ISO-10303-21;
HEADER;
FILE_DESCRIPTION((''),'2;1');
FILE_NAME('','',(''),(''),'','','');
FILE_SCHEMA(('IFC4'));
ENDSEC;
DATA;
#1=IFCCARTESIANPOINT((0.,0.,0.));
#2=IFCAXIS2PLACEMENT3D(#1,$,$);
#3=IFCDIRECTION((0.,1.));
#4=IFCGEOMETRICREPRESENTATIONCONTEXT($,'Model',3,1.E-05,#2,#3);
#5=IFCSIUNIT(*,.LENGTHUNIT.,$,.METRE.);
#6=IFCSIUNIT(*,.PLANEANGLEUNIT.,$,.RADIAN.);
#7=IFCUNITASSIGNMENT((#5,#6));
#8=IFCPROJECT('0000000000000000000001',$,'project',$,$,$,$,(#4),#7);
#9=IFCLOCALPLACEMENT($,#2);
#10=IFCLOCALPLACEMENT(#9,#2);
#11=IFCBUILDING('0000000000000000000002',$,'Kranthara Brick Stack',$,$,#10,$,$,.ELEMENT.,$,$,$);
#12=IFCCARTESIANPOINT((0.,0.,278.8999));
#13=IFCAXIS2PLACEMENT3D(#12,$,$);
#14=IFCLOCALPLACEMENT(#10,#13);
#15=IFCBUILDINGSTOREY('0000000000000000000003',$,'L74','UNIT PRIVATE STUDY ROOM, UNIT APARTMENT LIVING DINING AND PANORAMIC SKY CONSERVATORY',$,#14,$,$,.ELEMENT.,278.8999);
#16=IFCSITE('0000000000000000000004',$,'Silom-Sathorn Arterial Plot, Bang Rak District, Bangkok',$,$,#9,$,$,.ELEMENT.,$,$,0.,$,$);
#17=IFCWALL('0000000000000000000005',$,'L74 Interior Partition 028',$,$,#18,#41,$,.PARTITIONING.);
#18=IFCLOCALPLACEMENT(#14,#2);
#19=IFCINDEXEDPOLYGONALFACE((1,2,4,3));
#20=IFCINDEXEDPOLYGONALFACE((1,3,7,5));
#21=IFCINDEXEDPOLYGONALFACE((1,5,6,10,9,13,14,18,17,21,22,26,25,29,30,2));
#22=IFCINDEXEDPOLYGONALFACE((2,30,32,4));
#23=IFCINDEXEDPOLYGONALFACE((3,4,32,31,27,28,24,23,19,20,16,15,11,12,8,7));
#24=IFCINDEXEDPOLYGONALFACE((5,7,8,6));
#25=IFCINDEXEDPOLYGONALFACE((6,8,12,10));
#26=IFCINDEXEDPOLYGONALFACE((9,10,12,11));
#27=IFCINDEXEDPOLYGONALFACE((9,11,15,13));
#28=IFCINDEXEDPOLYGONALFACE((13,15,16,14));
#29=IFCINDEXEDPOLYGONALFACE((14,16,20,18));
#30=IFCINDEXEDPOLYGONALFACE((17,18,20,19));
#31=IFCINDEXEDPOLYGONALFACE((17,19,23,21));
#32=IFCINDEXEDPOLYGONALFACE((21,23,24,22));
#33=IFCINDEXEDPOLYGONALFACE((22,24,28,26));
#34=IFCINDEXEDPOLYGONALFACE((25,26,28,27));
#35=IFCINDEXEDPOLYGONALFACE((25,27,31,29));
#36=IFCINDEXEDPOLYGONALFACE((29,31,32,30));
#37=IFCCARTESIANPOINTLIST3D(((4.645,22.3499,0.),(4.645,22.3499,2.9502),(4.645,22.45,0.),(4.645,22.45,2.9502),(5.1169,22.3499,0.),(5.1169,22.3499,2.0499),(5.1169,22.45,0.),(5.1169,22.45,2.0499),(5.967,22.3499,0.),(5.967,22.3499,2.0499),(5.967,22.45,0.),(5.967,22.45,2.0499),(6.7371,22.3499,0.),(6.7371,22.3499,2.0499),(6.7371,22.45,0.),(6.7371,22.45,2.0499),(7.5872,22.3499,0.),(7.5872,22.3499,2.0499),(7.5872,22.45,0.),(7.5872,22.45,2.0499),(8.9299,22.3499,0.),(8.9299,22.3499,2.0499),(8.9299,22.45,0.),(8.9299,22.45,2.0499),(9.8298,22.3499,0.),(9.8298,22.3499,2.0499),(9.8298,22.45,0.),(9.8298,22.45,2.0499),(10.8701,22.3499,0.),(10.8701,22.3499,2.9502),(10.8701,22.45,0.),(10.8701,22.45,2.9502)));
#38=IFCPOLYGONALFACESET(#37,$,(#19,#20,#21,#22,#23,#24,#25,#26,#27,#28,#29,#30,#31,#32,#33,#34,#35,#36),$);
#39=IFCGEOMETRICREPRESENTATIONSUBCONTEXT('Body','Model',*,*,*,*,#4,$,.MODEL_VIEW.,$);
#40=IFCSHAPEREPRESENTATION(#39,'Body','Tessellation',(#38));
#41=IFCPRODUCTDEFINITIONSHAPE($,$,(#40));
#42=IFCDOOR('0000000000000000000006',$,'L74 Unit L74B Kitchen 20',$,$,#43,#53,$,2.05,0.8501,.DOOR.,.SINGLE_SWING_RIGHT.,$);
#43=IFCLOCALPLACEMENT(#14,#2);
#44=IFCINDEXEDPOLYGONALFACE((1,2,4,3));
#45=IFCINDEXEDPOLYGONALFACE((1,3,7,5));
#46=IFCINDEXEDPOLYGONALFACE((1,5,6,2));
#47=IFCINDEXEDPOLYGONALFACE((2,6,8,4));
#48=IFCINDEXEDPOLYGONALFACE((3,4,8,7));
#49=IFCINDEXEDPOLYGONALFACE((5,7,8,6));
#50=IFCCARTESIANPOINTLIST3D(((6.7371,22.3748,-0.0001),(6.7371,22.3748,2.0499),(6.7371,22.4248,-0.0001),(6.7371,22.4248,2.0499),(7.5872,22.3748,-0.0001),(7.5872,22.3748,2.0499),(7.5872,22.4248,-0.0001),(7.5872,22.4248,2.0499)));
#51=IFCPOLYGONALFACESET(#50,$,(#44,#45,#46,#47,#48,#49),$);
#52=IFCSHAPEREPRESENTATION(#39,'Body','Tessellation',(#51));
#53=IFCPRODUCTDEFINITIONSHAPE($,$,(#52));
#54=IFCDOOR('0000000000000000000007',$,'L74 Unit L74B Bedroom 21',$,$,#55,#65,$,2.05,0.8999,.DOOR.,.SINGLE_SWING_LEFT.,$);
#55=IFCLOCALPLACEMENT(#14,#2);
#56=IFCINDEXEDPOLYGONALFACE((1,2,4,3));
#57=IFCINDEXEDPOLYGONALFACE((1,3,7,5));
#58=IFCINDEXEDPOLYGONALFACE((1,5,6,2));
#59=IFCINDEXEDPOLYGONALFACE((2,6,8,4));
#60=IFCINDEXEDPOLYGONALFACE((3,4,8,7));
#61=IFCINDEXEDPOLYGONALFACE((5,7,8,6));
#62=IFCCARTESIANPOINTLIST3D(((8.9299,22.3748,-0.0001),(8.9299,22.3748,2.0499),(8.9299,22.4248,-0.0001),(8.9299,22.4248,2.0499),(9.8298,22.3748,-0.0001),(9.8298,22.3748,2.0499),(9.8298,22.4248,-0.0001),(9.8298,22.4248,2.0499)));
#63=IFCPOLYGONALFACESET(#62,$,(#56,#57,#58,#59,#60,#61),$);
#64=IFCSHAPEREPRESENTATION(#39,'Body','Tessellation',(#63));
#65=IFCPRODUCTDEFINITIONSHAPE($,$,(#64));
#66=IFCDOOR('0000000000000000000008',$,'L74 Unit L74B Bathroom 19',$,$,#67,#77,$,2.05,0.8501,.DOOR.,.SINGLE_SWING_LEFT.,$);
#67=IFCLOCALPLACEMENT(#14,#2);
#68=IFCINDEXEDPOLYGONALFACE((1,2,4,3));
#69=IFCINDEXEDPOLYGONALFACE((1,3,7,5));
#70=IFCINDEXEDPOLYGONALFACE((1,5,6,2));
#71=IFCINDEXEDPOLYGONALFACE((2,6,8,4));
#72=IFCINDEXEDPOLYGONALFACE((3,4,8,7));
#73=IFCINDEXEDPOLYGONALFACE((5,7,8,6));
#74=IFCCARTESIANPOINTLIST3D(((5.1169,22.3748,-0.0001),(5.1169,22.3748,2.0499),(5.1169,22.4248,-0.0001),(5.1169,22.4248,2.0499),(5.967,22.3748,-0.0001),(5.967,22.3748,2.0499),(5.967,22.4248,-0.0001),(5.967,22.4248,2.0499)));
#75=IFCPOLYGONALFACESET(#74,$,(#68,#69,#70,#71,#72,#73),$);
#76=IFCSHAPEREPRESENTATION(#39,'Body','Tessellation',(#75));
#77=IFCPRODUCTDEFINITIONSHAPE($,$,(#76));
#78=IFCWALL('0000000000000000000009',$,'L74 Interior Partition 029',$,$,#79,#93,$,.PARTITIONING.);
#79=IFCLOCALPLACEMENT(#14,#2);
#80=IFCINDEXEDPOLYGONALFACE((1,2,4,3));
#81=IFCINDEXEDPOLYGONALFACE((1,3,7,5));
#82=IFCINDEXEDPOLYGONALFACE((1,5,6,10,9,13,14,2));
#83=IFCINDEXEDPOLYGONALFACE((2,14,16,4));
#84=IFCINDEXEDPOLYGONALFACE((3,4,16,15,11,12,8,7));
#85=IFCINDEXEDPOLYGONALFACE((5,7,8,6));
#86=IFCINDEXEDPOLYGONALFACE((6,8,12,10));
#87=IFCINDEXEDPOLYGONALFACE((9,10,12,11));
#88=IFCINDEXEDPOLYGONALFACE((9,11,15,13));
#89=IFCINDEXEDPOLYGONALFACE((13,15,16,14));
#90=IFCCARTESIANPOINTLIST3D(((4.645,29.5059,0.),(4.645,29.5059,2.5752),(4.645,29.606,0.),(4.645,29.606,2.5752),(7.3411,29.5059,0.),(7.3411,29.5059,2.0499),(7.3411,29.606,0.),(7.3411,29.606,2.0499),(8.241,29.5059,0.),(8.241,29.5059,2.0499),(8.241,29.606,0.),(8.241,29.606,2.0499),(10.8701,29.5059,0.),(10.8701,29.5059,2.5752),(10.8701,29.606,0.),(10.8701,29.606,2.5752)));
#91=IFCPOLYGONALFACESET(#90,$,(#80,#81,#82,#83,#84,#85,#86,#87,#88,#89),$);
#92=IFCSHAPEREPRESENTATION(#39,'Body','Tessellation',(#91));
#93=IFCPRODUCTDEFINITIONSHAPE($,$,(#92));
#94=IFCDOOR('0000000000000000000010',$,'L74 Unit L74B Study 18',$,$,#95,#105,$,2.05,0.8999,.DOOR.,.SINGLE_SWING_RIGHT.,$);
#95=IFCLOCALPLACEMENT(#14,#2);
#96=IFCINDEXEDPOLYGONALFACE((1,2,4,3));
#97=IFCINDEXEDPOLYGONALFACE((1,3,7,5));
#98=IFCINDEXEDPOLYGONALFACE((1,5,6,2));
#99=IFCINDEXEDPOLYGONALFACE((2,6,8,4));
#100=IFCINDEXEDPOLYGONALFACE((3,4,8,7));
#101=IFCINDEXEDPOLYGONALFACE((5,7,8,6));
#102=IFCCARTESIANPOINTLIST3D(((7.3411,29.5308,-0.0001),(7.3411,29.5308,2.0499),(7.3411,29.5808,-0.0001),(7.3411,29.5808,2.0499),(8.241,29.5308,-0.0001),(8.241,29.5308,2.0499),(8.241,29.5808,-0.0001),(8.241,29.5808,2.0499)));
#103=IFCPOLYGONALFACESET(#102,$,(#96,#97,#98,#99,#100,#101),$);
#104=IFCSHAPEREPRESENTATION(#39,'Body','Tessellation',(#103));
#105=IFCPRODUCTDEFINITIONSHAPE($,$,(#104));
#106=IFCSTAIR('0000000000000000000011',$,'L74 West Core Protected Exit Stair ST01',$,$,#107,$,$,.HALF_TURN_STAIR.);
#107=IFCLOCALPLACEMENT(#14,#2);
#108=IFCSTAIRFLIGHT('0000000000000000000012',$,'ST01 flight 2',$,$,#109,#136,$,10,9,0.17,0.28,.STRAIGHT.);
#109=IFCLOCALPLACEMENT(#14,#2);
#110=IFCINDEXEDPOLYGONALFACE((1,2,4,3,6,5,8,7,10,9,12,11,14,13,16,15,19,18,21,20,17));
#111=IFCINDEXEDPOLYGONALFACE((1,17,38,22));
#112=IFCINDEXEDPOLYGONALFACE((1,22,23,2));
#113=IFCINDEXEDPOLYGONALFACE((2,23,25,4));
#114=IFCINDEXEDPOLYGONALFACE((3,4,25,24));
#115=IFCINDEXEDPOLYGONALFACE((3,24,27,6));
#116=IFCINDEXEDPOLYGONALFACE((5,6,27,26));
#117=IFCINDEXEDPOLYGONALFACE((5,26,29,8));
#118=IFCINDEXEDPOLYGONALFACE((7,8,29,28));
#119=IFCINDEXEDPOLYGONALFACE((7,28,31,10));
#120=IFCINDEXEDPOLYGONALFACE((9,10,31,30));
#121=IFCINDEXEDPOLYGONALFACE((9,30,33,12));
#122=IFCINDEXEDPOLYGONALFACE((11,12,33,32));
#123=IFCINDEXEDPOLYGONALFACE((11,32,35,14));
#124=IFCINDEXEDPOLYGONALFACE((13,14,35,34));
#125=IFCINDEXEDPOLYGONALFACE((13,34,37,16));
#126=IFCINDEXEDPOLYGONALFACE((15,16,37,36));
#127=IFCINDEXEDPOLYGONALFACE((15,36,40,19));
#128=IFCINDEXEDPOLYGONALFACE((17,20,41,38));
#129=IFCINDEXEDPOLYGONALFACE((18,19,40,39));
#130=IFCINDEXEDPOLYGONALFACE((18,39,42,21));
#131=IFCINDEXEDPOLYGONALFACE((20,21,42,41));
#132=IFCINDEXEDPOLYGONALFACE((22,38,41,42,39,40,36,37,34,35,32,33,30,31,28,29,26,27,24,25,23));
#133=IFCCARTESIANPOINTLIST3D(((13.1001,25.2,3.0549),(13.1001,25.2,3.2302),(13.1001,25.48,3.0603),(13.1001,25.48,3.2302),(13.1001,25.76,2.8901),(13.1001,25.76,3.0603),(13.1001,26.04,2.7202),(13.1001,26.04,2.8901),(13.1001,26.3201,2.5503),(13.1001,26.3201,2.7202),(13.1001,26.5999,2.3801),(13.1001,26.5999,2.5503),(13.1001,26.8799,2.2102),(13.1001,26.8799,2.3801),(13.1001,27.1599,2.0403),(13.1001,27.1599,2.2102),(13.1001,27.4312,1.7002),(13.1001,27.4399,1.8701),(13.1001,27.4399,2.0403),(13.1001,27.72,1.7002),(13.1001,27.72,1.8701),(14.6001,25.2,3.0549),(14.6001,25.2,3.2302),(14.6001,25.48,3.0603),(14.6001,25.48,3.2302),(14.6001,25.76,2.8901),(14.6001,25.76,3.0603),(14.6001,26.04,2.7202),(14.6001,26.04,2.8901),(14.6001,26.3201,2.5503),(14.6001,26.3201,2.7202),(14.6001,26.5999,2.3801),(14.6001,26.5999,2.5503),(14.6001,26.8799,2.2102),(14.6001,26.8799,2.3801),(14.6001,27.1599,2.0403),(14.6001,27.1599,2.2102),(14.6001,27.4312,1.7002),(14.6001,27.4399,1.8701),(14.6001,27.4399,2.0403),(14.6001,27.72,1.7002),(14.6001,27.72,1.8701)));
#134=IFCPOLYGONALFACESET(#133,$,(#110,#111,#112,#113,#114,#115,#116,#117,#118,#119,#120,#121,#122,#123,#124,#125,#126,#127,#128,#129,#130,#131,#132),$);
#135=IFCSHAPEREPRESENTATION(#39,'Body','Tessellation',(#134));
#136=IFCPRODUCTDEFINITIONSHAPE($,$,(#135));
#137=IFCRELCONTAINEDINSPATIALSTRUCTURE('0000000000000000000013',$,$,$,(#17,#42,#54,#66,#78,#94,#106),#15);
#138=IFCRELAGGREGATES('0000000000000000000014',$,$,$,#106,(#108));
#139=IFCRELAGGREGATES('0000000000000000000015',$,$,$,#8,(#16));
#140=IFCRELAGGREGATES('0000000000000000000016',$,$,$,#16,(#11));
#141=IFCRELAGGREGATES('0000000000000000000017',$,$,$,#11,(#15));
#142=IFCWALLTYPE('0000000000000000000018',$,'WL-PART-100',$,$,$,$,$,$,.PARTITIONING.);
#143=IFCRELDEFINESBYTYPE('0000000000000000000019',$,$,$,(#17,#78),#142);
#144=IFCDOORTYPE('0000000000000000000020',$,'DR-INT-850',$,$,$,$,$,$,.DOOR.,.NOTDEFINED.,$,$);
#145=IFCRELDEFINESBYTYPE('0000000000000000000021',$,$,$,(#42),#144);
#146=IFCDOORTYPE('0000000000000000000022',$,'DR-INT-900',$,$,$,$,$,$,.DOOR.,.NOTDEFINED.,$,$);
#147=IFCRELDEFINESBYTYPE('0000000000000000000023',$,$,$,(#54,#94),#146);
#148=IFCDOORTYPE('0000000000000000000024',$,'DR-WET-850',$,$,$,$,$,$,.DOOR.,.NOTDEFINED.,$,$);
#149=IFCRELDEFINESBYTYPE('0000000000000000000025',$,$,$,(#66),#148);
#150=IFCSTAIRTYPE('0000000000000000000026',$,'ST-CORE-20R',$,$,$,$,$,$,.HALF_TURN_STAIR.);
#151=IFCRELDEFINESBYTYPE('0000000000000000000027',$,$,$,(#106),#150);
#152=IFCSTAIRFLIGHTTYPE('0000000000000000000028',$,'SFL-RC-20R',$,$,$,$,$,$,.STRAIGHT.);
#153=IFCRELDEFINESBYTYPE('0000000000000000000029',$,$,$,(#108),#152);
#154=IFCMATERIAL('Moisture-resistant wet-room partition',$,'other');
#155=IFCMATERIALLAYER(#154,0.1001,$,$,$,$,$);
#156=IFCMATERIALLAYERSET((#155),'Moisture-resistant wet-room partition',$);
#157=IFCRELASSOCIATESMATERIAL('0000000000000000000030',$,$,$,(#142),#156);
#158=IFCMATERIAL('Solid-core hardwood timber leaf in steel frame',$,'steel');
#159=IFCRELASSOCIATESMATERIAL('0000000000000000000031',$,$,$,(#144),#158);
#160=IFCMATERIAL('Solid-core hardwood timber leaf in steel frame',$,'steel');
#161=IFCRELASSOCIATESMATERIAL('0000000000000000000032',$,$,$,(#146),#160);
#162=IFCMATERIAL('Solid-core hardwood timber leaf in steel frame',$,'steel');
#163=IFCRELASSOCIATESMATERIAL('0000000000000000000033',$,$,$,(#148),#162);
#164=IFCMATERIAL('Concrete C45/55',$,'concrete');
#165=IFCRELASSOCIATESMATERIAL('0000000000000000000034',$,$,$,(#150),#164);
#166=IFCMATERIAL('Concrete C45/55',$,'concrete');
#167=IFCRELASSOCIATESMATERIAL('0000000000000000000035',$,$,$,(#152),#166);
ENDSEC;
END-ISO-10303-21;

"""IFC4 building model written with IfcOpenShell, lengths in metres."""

from ifc_helpers import new_model, si_unit, direction, frame, frame_2d, origin, place, context, subcontext, project, spatial, polyline, rectangle, outline, extrude, material, layer, layer_set, type_object, element, fill, aggregate, save


model = new_model("IFC4")

# Units and contexts
model_context = context("Model", 3, precision=1e-05, world=origin(), true_north=direction((0.0, 1.0)))
body_context = subcontext(model_context, "Body", "Model", "MODEL_VIEW")
ifc_project = project(units=[si_unit("LENGTHUNIT", "METRE"), si_unit("PLANEANGLEUNIT", "RADIAN")], contexts=[model_context])

# Site, building, storey
site_placement = place(None, origin())
site = spatial("IfcSite", under=ifc_project, at=site_placement, Name="Silom-Sathorn Arterial Plot, Bang Rak District, Bangkok", CompositionType="ELEMENT", RefElevation=0.0)
building_placement = place(site_placement, origin())
building = spatial("IfcBuilding", under=site, at=building_placement, Name="Kranthara Brick Stack", CompositionType="ELEMENT")
storey_placement = place(building_placement, frame((0.0, 0.0, 278.8999)))
storey = spatial("IfcBuildingStorey", under=building, at=storey_placement, Name="L74", Description="UNIT PRIVATE STUDY ROOM, UNIT APARTMENT LIVING DINING AND PANORAMIC SKY CONSERVATORY", CompositionType="ELEMENT", Elevation=278.8999)

# Wall, openings, doors
ifc_material_1 = material(Name="Moisture-resistant wet-room partition", Category="other")
ifc_layer_1 = layer(ifc_material_1, 0.1001)
ifc_layer_set_1 = layer_set([ifc_layer_1], Name="Moisture-resistant wet-room partition")
wall_type_1 = type_object("IfcWallType", Name="WL-PART-100", PredefinedType="PARTITIONING", material=ifc_layer_set_1)
wall_1_placement = place(storey_placement, frame((4.645, 22.3999, 0.0), z_axis=(0.0, 0.0, 1.0), x_axis=(1.0, 0.0, 0.0)))
wall_1 = element("IfcWall", 1, at=wall_1_placement, inside=storey, type_object=wall_type_1, Name="L74 Interior Partition 028", PredefinedType="PARTITIONING", context=body_context, shape_type="SweptSolid", body=[
    extrude(rectangle(XDim=6.2251, YDim=0.1001, at=frame_2d((3.1125, 0.0))), origin(), (0.0, 0.0, 1.0), 2.9502),
])
opening_1_placement = place(wall_1_placement, frame((0.4719, 0.0, 0.0)))
opening_1 = element("IfcOpeningElement", 2, at=opening_1_placement, cuts=wall_1, PredefinedType="OPENING", context=body_context, shape_type="SweptSolid", body=[
    extrude(rectangle(XDim=0.8501, YDim=2.05, at=frame_2d((0.425, 1.0249))), frame((0.0, 0.0601, 0.0), z_axis=(0.0, -1.0, 0.0), x_axis=(1.0, 0.0, 0.0)), (0.0, 0.0, 1.0), 0.1201),
])
opening_2_placement = place(wall_1_placement, frame((2.092, 0.0, 0.0)))
opening_2 = element("IfcOpeningElement", 3, at=opening_2_placement, cuts=wall_1, PredefinedType="OPENING", context=body_context, shape_type="SweptSolid", body=[
    extrude(rectangle(XDim=0.8501, YDim=2.05, at=frame_2d((0.425, 1.0249))), frame((0.0, 0.0601, 0.0), z_axis=(0.0, -1.0, 0.0), x_axis=(1.0, 0.0, 0.0)), (0.0, 0.0, 1.0), 0.1201),
])
opening_3_placement = place(wall_1_placement, frame((4.2849, 0.0, 0.0)))
opening_3 = element("IfcOpeningElement", 4, at=opening_3_placement, cuts=wall_1, PredefinedType="OPENING", context=body_context, shape_type="SweptSolid", body=[
    extrude(rectangle(XDim=0.8999, YDim=2.05, at=frame_2d((0.45, 1.0249))), frame((0.0, 0.0601, 0.0), z_axis=(0.0, -1.0, 0.0), x_axis=(1.0, 0.0, 0.0)), (0.0, 0.0, 1.0), 0.1201),
])
ifc_material_2 = material(Name="Solid-core hardwood timber leaf in steel frame", Category="steel")
door_type_1 = type_object("IfcDoorType", Name="DR-INT-850", OperationType="NOTDEFINED", PredefinedType="DOOR", material=ifc_material_2)
door_1_placement = place(opening_2_placement, origin())
door_1 = element("IfcDoor", 5, at=door_1_placement, inside=storey, type_object=door_type_1, Name="L74 Unit L74B Kitchen 20", OperationType="SINGLE_SWING_RIGHT", OverallHeight=2.05, OverallWidth=0.8501, PredefinedType="DOOR", context=body_context, shape_type="SweptSolid", body=[
    extrude(rectangle(XDim=0.8501, YDim=2.05, at=frame_2d((0.425, 1.0249))), frame((0.0, 0.0249, 0.0), z_axis=(0.0, -1.0, 0.0), x_axis=(1.0, 0.0, 0.0)), (0.0, 0.0, 1.0), 0.05),
])
fill(opening_2, door_1)
ifc_material_3 = material(Name="Solid-core hardwood timber leaf in steel frame", Category="steel")
door_type_2 = type_object("IfcDoorType", Name="DR-INT-900", OperationType="NOTDEFINED", PredefinedType="DOOR", material=ifc_material_3)
door_2_placement = place(opening_3_placement, origin())
door_2 = element("IfcDoor", 6, at=door_2_placement, inside=storey, type_object=door_type_2, Name="L74 Unit L74B Bedroom 21", OperationType="SINGLE_SWING_LEFT", OverallHeight=2.05, OverallWidth=0.8999, PredefinedType="DOOR", context=body_context, shape_type="SweptSolid", body=[
    extrude(rectangle(XDim=0.8999, YDim=2.05, at=frame_2d((0.45, 1.0249))), frame((0.0, 0.0249, 0.0), z_axis=(0.0, -1.0, 0.0), x_axis=(1.0, 0.0, 0.0)), (0.0, 0.0, 1.0), 0.05),
])
fill(opening_3, door_2)
ifc_material_4 = material(Name="Solid-core hardwood timber leaf in steel frame", Category="steel")
door_type_3 = type_object("IfcDoorType", Name="DR-WET-850", OperationType="NOTDEFINED", PredefinedType="DOOR", material=ifc_material_4)
door_3_placement = place(opening_1_placement, origin())
door_3 = element("IfcDoor", 7, at=door_3_placement, inside=storey, type_object=door_type_3, Name="L74 Unit L74B Bathroom 19", OperationType="SINGLE_SWING_LEFT", OverallHeight=2.05, OverallWidth=0.8501, PredefinedType="DOOR", context=body_context, shape_type="SweptSolid", body=[
    extrude(rectangle(XDim=0.8501, YDim=2.05, at=frame_2d((0.425, 1.0249))), frame((0.0, 0.0249, 0.0), z_axis=(0.0, -1.0, 0.0), x_axis=(1.0, 0.0, 0.0)), (0.0, 0.0, 1.0), 0.05),
])
fill(opening_1, door_3)

# Wall, opening, door
wall_2_placement = place(storey_placement, frame((4.645, 29.5559, 0.0), z_axis=(0.0, 0.0, 1.0), x_axis=(1.0, 0.0, 0.0)))
wall_2 = element("IfcWall", 8, at=wall_2_placement, inside=storey, type_object=wall_type_1, Name="L74 Interior Partition 029", PredefinedType="PARTITIONING", context=body_context, shape_type="SweptSolid", body=[
    extrude(rectangle(XDim=6.2251, YDim=0.1001, at=frame_2d((3.1125, 0.0))), origin(), (0.0, 0.0, 1.0), 2.5752),
])
opening_4_placement = place(wall_2_placement, frame((2.696, 0.0, 0.0)))
opening_4 = element("IfcOpeningElement", 9, at=opening_4_placement, cuts=wall_2, PredefinedType="OPENING", context=body_context, shape_type="SweptSolid", body=[
    extrude(rectangle(XDim=0.8999, YDim=2.05, at=frame_2d((0.45, 1.0249))), frame((0.0, 0.0601, 0.0), z_axis=(0.0, -1.0, 0.0), x_axis=(1.0, 0.0, 0.0)), (0.0, 0.0, 1.0), 0.1201),
])
door_4_placement = place(opening_4_placement, origin())
door_4 = element("IfcDoor", 10, at=door_4_placement, inside=storey, type_object=door_type_2, Name="L74 Unit L74B Study 18", OperationType="SINGLE_SWING_RIGHT", OverallHeight=2.05, OverallWidth=0.8999, PredefinedType="DOOR", context=body_context, shape_type="SweptSolid", body=[
    extrude(rectangle(XDim=0.8999, YDim=2.05, at=frame_2d((0.45, 1.0249))), frame((0.0, 0.0249, 0.0), z_axis=(0.0, -1.0, 0.0), x_axis=(1.0, 0.0, 0.0)), (0.0, 0.0, 1.0), 0.05),
])
fill(opening_4, door_4)

# Stair, stair flight
ifc_material_5 = material(Name="Concrete C45/55", Category="concrete")
stair_type = type_object("IfcStairType", Name="ST-CORE-20R", PredefinedType="HALF_TURN_STAIR", material=ifc_material_5)
stair_placement = place(storey_placement, origin())
stair = element("IfcStair", 11, at=stair_placement, inside=storey, type_object=stair_type, Name="L74 West Core Protected Exit Stair ST01", PredefinedType="HALF_TURN_STAIR")
ifc_material_6 = material(Name="Concrete C45/55", Category="concrete")
stair_flight_type = type_object("IfcStairFlightType", Name="SFL-RC-20R", PredefinedType="STRAIGHT", material=ifc_material_6)
stair_flight_placement = place(storey_placement, frame((13.8501, 27.72, 1.7002), z_axis=(0.0, 0.0, 1.0), x_axis=(0.0, -1.0, 0.0)))
stair_flight = element("IfcStairFlight", 12, at=stair_flight_placement, type_object=stair_flight_type, Name="ST01 flight 2", NumberOfRisers=10, NumberOfTreads=9, PredefinedType="STRAIGHT", RiserHeight=0.17, TreadLength=0.28, context=body_context, shape_type="SweptSolid", body=[
    extrude(outline(polyline([(0.0, 0.0), (0.0, 0.1699), (0.28, 0.1699), (0.28, 0.3401), (0.5601, 0.3401), (0.5601, 0.51), (0.8401, 0.51), (0.8401, 0.6799), (1.1201, 0.6799), (1.1201, 0.8501), (1.3999, 0.8501), (1.3999, 1.02), (1.6799, 1.02), (1.6799, 1.1899), (1.96, 1.1899), (1.96, 1.3601), (2.24, 1.3601), (2.24, 1.53), (2.52, 1.53), (2.52, 1.7), (2.52, 1.3547), (0.2888, 0.0), (0.0, 0.0)])), frame((0.0, 0.75, 0.0), z_axis=(0.0, -1.0, 0.0), x_axis=(1.0, 0.0, 0.0)), (0.0, 0.0, 1.0), 1.5),
])
aggregate(stair, [stair_flight])

save(model, "model.ifc")
